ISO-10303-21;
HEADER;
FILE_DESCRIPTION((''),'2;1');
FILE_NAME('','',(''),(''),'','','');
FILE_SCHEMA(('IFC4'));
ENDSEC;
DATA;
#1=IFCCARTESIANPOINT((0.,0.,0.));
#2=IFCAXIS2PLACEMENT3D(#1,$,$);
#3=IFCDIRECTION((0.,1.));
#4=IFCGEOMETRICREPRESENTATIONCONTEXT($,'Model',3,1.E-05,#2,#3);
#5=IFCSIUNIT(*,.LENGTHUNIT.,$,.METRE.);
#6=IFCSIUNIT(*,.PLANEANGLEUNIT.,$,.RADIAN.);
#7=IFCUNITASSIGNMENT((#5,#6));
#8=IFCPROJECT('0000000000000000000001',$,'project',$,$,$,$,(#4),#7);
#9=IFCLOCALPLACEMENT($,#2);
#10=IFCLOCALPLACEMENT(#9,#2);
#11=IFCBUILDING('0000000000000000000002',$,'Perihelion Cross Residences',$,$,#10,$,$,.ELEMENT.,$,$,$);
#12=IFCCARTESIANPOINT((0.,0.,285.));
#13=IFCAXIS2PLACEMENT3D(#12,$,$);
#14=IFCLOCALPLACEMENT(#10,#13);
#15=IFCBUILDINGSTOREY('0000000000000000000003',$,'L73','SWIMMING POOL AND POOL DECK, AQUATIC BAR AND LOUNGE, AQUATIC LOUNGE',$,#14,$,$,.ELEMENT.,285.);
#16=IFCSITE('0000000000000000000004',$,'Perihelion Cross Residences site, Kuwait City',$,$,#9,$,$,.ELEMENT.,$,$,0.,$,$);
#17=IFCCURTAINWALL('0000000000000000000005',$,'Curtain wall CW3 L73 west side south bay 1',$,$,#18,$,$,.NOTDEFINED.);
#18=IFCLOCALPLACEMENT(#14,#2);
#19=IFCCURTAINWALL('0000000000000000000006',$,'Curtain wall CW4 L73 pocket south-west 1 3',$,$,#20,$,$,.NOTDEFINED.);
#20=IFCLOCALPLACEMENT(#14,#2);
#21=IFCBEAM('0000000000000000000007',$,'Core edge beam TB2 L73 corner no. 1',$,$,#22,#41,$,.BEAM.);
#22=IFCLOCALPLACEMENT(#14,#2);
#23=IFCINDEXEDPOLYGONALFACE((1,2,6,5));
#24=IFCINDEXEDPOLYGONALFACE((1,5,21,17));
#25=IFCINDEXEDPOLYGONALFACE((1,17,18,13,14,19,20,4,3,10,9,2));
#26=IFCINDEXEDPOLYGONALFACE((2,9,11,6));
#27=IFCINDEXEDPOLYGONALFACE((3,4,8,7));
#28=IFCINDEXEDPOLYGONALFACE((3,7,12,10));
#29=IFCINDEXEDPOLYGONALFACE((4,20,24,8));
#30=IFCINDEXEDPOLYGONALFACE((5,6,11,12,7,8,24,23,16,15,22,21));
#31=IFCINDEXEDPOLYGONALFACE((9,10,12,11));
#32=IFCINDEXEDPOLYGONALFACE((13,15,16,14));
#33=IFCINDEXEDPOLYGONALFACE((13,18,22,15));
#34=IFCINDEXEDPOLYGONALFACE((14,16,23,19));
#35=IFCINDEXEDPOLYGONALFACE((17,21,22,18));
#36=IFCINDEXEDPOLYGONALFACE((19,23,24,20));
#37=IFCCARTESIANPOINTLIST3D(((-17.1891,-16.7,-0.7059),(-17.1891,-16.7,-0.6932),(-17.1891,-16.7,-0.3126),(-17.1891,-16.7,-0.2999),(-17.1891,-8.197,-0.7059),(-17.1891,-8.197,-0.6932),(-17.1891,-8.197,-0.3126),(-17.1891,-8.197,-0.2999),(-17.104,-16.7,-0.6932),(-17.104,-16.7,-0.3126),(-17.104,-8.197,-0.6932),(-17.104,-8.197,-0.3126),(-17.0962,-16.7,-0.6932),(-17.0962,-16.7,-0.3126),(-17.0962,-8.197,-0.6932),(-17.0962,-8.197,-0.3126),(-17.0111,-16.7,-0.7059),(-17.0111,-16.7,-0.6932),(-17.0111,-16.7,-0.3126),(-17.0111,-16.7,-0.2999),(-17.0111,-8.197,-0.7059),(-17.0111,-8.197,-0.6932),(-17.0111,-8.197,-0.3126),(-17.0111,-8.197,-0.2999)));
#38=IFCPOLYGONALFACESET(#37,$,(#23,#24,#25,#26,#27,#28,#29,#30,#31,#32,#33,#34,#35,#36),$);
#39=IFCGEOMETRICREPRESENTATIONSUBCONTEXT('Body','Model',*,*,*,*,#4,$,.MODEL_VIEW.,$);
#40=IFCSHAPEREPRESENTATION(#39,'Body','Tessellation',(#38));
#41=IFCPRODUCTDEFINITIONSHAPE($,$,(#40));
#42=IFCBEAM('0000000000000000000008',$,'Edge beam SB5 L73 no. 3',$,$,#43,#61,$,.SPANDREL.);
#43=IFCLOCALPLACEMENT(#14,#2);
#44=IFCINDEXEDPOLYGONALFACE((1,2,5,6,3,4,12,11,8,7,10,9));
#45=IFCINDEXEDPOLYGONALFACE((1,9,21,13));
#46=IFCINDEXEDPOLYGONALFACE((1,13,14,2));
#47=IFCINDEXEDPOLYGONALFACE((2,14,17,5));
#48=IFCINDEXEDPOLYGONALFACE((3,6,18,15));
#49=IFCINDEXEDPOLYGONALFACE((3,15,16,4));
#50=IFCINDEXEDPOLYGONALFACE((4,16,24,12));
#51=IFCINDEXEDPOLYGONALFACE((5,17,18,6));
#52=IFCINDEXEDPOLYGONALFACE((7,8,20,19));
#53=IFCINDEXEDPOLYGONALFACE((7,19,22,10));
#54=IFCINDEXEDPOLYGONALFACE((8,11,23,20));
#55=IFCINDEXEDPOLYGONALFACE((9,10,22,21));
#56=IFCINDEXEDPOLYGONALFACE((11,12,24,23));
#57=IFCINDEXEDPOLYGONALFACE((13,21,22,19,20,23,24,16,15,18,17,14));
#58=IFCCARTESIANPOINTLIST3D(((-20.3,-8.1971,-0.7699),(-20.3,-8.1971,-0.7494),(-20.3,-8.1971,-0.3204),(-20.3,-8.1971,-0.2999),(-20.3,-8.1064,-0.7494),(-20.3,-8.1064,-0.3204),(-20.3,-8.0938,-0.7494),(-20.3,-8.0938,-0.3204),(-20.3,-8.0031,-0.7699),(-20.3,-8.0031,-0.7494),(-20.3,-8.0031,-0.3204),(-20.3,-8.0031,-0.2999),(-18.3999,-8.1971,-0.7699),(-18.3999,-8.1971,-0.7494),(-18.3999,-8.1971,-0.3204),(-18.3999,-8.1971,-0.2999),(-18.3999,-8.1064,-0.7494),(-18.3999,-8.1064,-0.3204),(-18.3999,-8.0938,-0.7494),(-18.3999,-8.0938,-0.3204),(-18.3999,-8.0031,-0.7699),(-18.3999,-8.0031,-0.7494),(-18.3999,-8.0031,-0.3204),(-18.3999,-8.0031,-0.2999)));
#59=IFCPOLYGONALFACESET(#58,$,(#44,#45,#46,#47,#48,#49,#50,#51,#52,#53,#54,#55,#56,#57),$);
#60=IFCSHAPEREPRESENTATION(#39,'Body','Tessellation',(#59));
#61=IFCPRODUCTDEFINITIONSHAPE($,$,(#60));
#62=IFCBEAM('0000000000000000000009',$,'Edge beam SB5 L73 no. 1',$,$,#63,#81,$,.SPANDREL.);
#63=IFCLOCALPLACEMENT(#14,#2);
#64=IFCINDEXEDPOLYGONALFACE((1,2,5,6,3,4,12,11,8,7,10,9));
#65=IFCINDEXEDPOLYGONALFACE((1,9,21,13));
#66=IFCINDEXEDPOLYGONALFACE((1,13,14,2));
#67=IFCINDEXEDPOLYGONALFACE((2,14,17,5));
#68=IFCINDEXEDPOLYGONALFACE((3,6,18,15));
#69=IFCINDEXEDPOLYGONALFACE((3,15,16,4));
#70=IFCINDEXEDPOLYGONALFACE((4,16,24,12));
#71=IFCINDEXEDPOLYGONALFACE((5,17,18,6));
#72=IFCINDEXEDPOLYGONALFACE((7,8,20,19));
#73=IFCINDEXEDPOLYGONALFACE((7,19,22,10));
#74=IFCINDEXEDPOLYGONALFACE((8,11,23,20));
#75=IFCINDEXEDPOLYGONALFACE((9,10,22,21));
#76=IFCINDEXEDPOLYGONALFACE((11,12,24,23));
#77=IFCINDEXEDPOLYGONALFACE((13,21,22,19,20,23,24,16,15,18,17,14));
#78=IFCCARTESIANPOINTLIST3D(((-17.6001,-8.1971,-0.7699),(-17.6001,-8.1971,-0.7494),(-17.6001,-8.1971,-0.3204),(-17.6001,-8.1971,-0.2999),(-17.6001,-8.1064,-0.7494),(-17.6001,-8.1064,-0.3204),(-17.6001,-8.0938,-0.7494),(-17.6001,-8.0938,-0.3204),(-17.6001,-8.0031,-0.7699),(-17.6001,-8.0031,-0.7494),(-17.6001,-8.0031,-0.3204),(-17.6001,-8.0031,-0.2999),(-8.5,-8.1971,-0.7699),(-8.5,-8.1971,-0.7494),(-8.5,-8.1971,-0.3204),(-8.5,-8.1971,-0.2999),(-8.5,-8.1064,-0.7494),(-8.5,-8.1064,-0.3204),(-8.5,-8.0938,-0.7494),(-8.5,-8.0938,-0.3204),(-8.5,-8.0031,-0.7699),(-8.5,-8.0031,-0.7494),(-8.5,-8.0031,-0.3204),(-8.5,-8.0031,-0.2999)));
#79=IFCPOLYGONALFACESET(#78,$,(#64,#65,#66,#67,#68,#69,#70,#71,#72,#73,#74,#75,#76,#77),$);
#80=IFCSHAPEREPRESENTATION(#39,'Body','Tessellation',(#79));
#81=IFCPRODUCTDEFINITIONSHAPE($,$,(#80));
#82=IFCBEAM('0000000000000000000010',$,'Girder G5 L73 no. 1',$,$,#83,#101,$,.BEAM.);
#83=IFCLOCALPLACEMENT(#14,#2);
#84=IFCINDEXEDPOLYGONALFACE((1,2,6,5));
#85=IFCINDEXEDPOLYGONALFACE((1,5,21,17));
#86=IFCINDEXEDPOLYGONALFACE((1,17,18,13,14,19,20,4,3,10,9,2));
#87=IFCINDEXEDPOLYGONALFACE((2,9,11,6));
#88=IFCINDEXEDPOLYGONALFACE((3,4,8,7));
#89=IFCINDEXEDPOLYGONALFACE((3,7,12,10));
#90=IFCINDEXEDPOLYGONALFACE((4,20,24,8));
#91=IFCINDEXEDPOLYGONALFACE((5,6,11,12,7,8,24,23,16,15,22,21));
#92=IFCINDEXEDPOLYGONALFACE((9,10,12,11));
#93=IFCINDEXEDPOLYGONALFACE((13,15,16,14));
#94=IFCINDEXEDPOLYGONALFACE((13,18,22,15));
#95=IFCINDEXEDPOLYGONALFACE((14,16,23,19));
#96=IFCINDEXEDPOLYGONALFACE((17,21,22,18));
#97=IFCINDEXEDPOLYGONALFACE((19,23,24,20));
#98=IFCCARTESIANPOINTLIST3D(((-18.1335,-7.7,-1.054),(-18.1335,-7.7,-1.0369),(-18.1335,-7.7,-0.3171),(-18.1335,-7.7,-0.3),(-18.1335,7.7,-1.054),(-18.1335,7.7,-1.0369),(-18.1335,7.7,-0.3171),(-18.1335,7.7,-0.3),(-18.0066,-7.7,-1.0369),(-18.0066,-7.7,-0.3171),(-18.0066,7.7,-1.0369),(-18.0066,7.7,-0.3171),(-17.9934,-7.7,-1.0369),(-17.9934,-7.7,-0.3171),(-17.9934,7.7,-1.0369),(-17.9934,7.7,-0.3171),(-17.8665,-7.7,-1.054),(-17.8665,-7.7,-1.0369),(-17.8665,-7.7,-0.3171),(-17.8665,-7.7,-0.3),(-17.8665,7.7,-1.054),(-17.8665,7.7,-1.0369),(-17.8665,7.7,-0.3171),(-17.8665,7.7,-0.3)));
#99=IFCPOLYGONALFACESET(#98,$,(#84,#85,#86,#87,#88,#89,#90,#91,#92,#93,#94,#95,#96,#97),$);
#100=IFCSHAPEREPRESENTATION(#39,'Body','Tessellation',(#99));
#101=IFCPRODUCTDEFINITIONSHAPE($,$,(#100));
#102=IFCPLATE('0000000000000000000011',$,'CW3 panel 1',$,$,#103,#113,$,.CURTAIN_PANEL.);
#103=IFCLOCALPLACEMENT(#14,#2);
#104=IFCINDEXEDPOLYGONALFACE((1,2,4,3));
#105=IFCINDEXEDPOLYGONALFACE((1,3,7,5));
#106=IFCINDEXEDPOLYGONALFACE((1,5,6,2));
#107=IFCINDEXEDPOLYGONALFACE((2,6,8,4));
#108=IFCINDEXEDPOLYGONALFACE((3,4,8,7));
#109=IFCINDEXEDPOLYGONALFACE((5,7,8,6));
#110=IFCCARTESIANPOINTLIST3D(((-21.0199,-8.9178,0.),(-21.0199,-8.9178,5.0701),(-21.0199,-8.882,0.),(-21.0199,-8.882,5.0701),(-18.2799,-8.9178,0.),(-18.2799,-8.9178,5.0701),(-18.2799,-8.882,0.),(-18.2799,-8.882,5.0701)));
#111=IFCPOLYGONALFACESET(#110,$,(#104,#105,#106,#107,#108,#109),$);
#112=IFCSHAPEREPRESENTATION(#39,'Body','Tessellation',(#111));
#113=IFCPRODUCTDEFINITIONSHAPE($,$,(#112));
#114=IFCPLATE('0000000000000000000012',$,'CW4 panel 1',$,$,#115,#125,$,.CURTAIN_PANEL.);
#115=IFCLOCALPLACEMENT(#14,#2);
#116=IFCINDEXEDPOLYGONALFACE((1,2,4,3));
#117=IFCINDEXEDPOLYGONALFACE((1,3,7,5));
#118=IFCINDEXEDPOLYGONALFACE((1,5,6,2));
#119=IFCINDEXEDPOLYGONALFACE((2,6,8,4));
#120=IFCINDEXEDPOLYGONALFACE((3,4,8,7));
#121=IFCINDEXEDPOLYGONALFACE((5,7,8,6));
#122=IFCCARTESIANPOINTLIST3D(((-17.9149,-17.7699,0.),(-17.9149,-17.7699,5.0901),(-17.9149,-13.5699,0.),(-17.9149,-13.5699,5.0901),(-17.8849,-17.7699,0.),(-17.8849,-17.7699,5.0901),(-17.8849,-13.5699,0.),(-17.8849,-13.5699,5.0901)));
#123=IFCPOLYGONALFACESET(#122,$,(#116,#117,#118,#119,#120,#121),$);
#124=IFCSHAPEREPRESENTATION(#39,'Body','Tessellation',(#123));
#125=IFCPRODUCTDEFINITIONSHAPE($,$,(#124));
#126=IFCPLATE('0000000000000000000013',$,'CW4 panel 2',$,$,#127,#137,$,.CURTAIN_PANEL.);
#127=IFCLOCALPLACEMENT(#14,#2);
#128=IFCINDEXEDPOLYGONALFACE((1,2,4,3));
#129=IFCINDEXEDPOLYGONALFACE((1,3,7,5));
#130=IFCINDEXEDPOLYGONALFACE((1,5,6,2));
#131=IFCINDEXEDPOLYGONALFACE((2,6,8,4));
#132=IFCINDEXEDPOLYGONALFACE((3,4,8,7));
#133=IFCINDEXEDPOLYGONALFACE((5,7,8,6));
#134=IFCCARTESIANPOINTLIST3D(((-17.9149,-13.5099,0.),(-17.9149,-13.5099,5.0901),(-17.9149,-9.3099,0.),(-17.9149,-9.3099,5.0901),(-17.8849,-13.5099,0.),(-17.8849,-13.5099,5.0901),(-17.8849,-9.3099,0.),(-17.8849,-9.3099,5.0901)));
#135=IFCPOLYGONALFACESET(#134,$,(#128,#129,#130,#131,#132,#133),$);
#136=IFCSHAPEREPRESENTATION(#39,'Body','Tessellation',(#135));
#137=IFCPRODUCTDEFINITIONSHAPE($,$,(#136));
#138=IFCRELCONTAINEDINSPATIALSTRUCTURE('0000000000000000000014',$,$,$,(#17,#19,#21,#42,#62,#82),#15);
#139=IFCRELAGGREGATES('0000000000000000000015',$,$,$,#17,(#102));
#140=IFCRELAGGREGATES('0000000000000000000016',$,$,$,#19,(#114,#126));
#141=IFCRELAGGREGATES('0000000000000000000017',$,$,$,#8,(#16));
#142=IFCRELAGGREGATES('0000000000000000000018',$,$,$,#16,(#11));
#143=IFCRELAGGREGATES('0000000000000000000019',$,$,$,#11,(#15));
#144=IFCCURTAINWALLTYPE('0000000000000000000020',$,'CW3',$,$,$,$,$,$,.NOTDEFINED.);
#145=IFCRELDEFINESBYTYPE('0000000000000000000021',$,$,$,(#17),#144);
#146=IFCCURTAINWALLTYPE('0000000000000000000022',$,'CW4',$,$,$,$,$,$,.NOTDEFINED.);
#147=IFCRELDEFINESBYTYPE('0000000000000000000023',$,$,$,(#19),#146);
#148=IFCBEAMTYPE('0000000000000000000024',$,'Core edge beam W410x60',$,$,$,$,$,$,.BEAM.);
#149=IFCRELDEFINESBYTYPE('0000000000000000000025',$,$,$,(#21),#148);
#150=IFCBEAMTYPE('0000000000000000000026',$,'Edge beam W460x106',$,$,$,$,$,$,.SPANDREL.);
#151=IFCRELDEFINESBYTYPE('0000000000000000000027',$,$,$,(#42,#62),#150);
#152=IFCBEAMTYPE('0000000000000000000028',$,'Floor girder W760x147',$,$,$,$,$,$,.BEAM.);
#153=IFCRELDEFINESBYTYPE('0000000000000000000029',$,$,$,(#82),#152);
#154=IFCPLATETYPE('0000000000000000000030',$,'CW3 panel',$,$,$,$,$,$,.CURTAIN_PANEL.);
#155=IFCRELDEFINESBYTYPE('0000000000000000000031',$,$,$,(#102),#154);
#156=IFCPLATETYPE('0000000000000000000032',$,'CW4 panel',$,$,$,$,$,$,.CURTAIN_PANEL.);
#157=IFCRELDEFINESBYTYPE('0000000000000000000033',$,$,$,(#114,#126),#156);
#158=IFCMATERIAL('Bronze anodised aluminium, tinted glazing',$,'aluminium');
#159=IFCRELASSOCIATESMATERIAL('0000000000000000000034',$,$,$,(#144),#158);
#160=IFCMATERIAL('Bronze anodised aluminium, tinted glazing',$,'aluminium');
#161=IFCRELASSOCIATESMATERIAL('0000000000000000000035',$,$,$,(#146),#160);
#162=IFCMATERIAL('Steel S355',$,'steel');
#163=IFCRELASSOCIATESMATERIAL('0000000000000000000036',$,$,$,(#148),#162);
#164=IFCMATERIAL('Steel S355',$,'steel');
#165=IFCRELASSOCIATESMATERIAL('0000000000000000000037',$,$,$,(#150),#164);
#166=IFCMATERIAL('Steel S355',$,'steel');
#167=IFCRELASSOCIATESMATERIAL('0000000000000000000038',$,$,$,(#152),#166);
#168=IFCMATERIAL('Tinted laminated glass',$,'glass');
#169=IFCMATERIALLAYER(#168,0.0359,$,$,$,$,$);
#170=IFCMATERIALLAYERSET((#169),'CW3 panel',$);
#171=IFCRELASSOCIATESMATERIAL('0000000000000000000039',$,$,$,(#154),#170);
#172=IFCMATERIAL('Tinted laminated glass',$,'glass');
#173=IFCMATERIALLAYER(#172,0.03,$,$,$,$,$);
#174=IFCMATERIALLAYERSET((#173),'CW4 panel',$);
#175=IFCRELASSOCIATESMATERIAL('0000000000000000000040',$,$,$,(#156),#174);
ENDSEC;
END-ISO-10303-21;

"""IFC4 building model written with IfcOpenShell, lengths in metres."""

from ifc_helpers import new_model, si_unit, direction, frame, origin, origin_2d, place, context, subcontext, project, spatial, rectangle, i_section, extrude, material, layer, layer_set, material_profile, profile_set, type_object, element, aggregate, save


model = new_model("IFC4")

# Units and contexts
model_context = context("Model", 3, precision=1e-05, world=origin(), true_north=direction((0.0, 1.0)))
body_context = subcontext(model_context, "Body", "Model", "MODEL_VIEW")
ifc_project = project(units=[si_unit("LENGTHUNIT", "METRE"), si_unit("PLANEANGLEUNIT", "RADIAN")], contexts=[model_context])

# Site, building, storey
site_placement = place(None, origin())
site = spatial("IfcSite", under=ifc_project, at=site_placement, Name="Perihelion Cross Residences site, Kuwait City", CompositionType="ELEMENT", RefElevation=0.0)
building_placement = place(site_placement, origin())
building = spatial("IfcBuilding", under=site, at=building_placement, Name="Perihelion Cross Residences", CompositionType="ELEMENT")
storey_placement = place(building_placement, frame((0.0, 0.0, 285.0)))
storey = spatial("IfcBuildingStorey", under=building, at=storey_placement, Name="L73", Description="SWIMMING POOL AND POOL DECK, AQUATIC BAR AND LOUNGE, AQUATIC LOUNGE", CompositionType="ELEMENT", Elevation=285.0)

# Curtain wall
ifc_material_1 = material(Name="Bronze anodised aluminium, tinted glazing", Category="aluminium")
curtain_wall_type_1 = type_object("IfcCurtainWallType", Name="CW3", PredefinedType="NOTDEFINED", material=ifc_material_1)
curtain_wall_1_placement = place(storey_placement, origin())
curtain_wall_1 = element("IfcCurtainWall", 1, at=curtain_wall_1_placement, inside=storey, type_object=curtain_wall_type_1, Name="Curtain wall CW3 L73 west side south bay 1", PredefinedType="NOTDEFINED")

# Shared definitions
ifc_material_2 = material(Name="Bronze anodised aluminium, tinted glazing", Category="aluminium")
curtain_wall_type_2 = type_object("IfcCurtainWallType", Name="CW4", PredefinedType="NOTDEFINED", material=ifc_material_2)

# Curtain wall
curtain_wall_2_placement = place(storey_placement, origin())
curtain_wall_2 = element("IfcCurtainWall", 2, at=curtain_wall_2_placement, inside=storey, type_object=curtain_wall_type_2, Name="Curtain wall CW4 L73 pocket south-west 1 3", PredefinedType="NOTDEFINED")

# Beams
ifc_material_3 = material(Name="Steel S355", Category="steel")
ifc_material_profile_1 = material_profile(ifc_material_3, i_section(OverallWidth=0.178, OverallDepth=0.406, WebThickness=0.0078, FlangeThickness=0.0127, at=origin_2d()), Name="W410x60")
ifc_profile_set_1 = profile_set([ifc_material_profile_1], Name="Steel S355")
beam_type_1 = type_object("IfcBeamType", Name="Core edge beam W410x60", PredefinedType="BEAM", material=ifc_profile_set_1)
beam_1_placement = place(storey_placement, frame((-17.1001, -8.197, -0.5029), z_axis=(0.0, -1.0, 0.0), x_axis=(1.0, 0.0, 0.0)))
element("IfcBeam", 3, at=beam_1_placement, inside=storey, type_object=beam_type_1, Name="Core edge beam TB2 L73 corner no. 1", PredefinedType="BEAM", context=body_context, shape_type="SweptSolid", body=[
    extrude(i_section(OverallWidth=0.178, OverallDepth=0.406, WebThickness=0.0078, FlangeThickness=0.0127, at=origin_2d()), origin(), (0.0, 0.0, 1.0), 8.5029),
])
ifc_material_4 = material(Name="Steel S355", Category="steel")
ifc_material_profile_2 = material_profile(ifc_material_4, i_section(OverallWidth=0.1941, OverallDepth=0.47, WebThickness=0.0127, FlangeThickness=0.0205, at=origin_2d()), Name="W460x106")
ifc_profile_set_2 = profile_set([ifc_material_profile_2], Name="Steel S355")
beam_type_2 = type_object("IfcBeamType", Name="Edge beam W460x106", PredefinedType="SPANDREL", material=ifc_profile_set_2)
beam_2_placement = place(storey_placement, frame((-20.3, -8.1001, -0.5349), z_axis=(1.0, 0.0, 0.0), x_axis=(0.0, 1.0, 0.0)))
element("IfcBeam", 4, at=beam_2_placement, inside=storey, type_object=beam_type_2, Name="Edge beam SB5 L73 no. 3", PredefinedType="SPANDREL", context=body_context, shape_type="SweptSolid", body=[
    extrude(i_section(OverallWidth=0.1941, OverallDepth=0.47, WebThickness=0.0127, FlangeThickness=0.0205, at=origin_2d()), origin(), (0.0, 0.0, 1.0), 1.9001),
])
beam_3_placement = place(storey_placement, frame((-17.6001, -8.1001, -0.5349), z_axis=(1.0, 0.0, 0.0), x_axis=(0.0, 1.0, 0.0)))
element("IfcBeam", 5, at=beam_3_placement, inside=storey, type_object=beam_type_2, Name="Edge beam SB5 L73 no. 1", PredefinedType="SPANDREL", context=body_context, shape_type="SweptSolid", body=[
    extrude(i_section(OverallWidth=0.1941, OverallDepth=0.47, WebThickness=0.0127, FlangeThickness=0.0205, at=origin_2d()), origin(), (0.0, 0.0, 1.0), 9.1001),
])
ifc_material_5 = material(Name="Steel S355", Category="steel")
ifc_material_profile_3 = material_profile(ifc_material_5, i_section(OverallWidth=0.2671, OverallDepth=0.7539, WebThickness=0.0132, FlangeThickness=0.0171, at=origin_2d()), Name="W760x147")
ifc_profile_set_3 = profile_set([ifc_material_profile_3], Name="Steel S355")
beam_type_3 = type_object("IfcBeamType", Name="Floor girder W760x147", PredefinedType="BEAM", material=ifc_profile_set_3)
beam_4_placement = place(storey_placement, frame((-18.0, -7.7, -0.677), z_axis=(0.0, 1.0, 0.0), x_axis=(-1.0, 0.0, 0.0)))
element("IfcBeam", 6, at=beam_4_placement, inside=storey, type_object=beam_type_3, Name="Girder G5 L73 no. 1", PredefinedType="BEAM", context=body_context, shape_type="SweptSolid", body=[
    extrude(i_section(OverallWidth=0.2671, OverallDepth=0.7539, WebThickness=0.0132, FlangeThickness=0.0171, at=origin_2d()), origin(), (0.0, 0.0, 1.0), 15.3999),
])

# Plates
ifc_material_6 = material(Name="Tinted laminated glass", Category="glass")
ifc_layer_1 = layer(ifc_material_6, 0.0359)
ifc_layer_set_1 = layer_set([ifc_layer_1], Name="CW3 panel")
plate_type_1 = type_object("IfcPlateType", Name="CW3 panel", PredefinedType="CURTAIN_PANEL", material=ifc_layer_set_1)
plate_1_placement = place(storey_placement, frame((-19.6499, -8.8999, 0.0), z_axis=(0.0, 0.0, 1.0), x_axis=(1.0, 0.0, 0.0)))
plate_1 = element("IfcPlate", 7, at=plate_1_placement, type_object=plate_type_1, Name="CW3 panel 1", PredefinedType="CURTAIN_PANEL", context=body_context, shape_type="SweptSolid", body=[
    extrude(rectangle(XDim=2.74, YDim=0.0359, at=origin_2d()), origin(), (0.0, 0.0, 1.0), 5.0701),
])
aggregate(curtain_wall_1, [plate_1])
ifc_material_7 = material(Name="Tinted laminated glass", Category="glass")
ifc_layer_2 = layer(ifc_material_7, 0.03)
ifc_layer_set_2 = layer_set([ifc_layer_2], Name="CW4 panel")
plate_type_2 = type_object("IfcPlateType", Name="CW4 panel", PredefinedType="CURTAIN_PANEL", material=ifc_layer_set_2)
plate_2_placement = place(storey_placement, frame((-17.8999, -15.6699, 0.0), z_axis=(0.0, 0.0, 1.0), x_axis=(0.0, 1.0, 0.0)))
plate_2 = element("IfcPlate", 8, at=plate_2_placement, type_object=plate_type_2, Name="CW4 panel 1", PredefinedType="CURTAIN_PANEL", context=body_context, shape_type="SweptSolid", body=[
    extrude(rectangle(XDim=4.2, YDim=0.03, at=origin_2d()), origin(), (0.0, 0.0, 1.0), 5.0901),
])
plate_3_placement = place(storey_placement, frame((-17.8999, -11.4099, 0.0), z_axis=(0.0, 0.0, 1.0), x_axis=(0.0, 1.0, 0.0)))
plate_3 = element("IfcPlate", 9, at=plate_3_placement, type_object=plate_type_2, Name="CW4 panel 2", PredefinedType="CURTAIN_PANEL", context=body_context, shape_type="SweptSolid", body=[
    extrude(rectangle(XDim=4.2, YDim=0.03, at=origin_2d()), origin(), (0.0, 0.0, 1.0), 5.0901),
])
aggregate(curtain_wall_2, [plate_2, plate_3])

save(model, "model.ifc")
